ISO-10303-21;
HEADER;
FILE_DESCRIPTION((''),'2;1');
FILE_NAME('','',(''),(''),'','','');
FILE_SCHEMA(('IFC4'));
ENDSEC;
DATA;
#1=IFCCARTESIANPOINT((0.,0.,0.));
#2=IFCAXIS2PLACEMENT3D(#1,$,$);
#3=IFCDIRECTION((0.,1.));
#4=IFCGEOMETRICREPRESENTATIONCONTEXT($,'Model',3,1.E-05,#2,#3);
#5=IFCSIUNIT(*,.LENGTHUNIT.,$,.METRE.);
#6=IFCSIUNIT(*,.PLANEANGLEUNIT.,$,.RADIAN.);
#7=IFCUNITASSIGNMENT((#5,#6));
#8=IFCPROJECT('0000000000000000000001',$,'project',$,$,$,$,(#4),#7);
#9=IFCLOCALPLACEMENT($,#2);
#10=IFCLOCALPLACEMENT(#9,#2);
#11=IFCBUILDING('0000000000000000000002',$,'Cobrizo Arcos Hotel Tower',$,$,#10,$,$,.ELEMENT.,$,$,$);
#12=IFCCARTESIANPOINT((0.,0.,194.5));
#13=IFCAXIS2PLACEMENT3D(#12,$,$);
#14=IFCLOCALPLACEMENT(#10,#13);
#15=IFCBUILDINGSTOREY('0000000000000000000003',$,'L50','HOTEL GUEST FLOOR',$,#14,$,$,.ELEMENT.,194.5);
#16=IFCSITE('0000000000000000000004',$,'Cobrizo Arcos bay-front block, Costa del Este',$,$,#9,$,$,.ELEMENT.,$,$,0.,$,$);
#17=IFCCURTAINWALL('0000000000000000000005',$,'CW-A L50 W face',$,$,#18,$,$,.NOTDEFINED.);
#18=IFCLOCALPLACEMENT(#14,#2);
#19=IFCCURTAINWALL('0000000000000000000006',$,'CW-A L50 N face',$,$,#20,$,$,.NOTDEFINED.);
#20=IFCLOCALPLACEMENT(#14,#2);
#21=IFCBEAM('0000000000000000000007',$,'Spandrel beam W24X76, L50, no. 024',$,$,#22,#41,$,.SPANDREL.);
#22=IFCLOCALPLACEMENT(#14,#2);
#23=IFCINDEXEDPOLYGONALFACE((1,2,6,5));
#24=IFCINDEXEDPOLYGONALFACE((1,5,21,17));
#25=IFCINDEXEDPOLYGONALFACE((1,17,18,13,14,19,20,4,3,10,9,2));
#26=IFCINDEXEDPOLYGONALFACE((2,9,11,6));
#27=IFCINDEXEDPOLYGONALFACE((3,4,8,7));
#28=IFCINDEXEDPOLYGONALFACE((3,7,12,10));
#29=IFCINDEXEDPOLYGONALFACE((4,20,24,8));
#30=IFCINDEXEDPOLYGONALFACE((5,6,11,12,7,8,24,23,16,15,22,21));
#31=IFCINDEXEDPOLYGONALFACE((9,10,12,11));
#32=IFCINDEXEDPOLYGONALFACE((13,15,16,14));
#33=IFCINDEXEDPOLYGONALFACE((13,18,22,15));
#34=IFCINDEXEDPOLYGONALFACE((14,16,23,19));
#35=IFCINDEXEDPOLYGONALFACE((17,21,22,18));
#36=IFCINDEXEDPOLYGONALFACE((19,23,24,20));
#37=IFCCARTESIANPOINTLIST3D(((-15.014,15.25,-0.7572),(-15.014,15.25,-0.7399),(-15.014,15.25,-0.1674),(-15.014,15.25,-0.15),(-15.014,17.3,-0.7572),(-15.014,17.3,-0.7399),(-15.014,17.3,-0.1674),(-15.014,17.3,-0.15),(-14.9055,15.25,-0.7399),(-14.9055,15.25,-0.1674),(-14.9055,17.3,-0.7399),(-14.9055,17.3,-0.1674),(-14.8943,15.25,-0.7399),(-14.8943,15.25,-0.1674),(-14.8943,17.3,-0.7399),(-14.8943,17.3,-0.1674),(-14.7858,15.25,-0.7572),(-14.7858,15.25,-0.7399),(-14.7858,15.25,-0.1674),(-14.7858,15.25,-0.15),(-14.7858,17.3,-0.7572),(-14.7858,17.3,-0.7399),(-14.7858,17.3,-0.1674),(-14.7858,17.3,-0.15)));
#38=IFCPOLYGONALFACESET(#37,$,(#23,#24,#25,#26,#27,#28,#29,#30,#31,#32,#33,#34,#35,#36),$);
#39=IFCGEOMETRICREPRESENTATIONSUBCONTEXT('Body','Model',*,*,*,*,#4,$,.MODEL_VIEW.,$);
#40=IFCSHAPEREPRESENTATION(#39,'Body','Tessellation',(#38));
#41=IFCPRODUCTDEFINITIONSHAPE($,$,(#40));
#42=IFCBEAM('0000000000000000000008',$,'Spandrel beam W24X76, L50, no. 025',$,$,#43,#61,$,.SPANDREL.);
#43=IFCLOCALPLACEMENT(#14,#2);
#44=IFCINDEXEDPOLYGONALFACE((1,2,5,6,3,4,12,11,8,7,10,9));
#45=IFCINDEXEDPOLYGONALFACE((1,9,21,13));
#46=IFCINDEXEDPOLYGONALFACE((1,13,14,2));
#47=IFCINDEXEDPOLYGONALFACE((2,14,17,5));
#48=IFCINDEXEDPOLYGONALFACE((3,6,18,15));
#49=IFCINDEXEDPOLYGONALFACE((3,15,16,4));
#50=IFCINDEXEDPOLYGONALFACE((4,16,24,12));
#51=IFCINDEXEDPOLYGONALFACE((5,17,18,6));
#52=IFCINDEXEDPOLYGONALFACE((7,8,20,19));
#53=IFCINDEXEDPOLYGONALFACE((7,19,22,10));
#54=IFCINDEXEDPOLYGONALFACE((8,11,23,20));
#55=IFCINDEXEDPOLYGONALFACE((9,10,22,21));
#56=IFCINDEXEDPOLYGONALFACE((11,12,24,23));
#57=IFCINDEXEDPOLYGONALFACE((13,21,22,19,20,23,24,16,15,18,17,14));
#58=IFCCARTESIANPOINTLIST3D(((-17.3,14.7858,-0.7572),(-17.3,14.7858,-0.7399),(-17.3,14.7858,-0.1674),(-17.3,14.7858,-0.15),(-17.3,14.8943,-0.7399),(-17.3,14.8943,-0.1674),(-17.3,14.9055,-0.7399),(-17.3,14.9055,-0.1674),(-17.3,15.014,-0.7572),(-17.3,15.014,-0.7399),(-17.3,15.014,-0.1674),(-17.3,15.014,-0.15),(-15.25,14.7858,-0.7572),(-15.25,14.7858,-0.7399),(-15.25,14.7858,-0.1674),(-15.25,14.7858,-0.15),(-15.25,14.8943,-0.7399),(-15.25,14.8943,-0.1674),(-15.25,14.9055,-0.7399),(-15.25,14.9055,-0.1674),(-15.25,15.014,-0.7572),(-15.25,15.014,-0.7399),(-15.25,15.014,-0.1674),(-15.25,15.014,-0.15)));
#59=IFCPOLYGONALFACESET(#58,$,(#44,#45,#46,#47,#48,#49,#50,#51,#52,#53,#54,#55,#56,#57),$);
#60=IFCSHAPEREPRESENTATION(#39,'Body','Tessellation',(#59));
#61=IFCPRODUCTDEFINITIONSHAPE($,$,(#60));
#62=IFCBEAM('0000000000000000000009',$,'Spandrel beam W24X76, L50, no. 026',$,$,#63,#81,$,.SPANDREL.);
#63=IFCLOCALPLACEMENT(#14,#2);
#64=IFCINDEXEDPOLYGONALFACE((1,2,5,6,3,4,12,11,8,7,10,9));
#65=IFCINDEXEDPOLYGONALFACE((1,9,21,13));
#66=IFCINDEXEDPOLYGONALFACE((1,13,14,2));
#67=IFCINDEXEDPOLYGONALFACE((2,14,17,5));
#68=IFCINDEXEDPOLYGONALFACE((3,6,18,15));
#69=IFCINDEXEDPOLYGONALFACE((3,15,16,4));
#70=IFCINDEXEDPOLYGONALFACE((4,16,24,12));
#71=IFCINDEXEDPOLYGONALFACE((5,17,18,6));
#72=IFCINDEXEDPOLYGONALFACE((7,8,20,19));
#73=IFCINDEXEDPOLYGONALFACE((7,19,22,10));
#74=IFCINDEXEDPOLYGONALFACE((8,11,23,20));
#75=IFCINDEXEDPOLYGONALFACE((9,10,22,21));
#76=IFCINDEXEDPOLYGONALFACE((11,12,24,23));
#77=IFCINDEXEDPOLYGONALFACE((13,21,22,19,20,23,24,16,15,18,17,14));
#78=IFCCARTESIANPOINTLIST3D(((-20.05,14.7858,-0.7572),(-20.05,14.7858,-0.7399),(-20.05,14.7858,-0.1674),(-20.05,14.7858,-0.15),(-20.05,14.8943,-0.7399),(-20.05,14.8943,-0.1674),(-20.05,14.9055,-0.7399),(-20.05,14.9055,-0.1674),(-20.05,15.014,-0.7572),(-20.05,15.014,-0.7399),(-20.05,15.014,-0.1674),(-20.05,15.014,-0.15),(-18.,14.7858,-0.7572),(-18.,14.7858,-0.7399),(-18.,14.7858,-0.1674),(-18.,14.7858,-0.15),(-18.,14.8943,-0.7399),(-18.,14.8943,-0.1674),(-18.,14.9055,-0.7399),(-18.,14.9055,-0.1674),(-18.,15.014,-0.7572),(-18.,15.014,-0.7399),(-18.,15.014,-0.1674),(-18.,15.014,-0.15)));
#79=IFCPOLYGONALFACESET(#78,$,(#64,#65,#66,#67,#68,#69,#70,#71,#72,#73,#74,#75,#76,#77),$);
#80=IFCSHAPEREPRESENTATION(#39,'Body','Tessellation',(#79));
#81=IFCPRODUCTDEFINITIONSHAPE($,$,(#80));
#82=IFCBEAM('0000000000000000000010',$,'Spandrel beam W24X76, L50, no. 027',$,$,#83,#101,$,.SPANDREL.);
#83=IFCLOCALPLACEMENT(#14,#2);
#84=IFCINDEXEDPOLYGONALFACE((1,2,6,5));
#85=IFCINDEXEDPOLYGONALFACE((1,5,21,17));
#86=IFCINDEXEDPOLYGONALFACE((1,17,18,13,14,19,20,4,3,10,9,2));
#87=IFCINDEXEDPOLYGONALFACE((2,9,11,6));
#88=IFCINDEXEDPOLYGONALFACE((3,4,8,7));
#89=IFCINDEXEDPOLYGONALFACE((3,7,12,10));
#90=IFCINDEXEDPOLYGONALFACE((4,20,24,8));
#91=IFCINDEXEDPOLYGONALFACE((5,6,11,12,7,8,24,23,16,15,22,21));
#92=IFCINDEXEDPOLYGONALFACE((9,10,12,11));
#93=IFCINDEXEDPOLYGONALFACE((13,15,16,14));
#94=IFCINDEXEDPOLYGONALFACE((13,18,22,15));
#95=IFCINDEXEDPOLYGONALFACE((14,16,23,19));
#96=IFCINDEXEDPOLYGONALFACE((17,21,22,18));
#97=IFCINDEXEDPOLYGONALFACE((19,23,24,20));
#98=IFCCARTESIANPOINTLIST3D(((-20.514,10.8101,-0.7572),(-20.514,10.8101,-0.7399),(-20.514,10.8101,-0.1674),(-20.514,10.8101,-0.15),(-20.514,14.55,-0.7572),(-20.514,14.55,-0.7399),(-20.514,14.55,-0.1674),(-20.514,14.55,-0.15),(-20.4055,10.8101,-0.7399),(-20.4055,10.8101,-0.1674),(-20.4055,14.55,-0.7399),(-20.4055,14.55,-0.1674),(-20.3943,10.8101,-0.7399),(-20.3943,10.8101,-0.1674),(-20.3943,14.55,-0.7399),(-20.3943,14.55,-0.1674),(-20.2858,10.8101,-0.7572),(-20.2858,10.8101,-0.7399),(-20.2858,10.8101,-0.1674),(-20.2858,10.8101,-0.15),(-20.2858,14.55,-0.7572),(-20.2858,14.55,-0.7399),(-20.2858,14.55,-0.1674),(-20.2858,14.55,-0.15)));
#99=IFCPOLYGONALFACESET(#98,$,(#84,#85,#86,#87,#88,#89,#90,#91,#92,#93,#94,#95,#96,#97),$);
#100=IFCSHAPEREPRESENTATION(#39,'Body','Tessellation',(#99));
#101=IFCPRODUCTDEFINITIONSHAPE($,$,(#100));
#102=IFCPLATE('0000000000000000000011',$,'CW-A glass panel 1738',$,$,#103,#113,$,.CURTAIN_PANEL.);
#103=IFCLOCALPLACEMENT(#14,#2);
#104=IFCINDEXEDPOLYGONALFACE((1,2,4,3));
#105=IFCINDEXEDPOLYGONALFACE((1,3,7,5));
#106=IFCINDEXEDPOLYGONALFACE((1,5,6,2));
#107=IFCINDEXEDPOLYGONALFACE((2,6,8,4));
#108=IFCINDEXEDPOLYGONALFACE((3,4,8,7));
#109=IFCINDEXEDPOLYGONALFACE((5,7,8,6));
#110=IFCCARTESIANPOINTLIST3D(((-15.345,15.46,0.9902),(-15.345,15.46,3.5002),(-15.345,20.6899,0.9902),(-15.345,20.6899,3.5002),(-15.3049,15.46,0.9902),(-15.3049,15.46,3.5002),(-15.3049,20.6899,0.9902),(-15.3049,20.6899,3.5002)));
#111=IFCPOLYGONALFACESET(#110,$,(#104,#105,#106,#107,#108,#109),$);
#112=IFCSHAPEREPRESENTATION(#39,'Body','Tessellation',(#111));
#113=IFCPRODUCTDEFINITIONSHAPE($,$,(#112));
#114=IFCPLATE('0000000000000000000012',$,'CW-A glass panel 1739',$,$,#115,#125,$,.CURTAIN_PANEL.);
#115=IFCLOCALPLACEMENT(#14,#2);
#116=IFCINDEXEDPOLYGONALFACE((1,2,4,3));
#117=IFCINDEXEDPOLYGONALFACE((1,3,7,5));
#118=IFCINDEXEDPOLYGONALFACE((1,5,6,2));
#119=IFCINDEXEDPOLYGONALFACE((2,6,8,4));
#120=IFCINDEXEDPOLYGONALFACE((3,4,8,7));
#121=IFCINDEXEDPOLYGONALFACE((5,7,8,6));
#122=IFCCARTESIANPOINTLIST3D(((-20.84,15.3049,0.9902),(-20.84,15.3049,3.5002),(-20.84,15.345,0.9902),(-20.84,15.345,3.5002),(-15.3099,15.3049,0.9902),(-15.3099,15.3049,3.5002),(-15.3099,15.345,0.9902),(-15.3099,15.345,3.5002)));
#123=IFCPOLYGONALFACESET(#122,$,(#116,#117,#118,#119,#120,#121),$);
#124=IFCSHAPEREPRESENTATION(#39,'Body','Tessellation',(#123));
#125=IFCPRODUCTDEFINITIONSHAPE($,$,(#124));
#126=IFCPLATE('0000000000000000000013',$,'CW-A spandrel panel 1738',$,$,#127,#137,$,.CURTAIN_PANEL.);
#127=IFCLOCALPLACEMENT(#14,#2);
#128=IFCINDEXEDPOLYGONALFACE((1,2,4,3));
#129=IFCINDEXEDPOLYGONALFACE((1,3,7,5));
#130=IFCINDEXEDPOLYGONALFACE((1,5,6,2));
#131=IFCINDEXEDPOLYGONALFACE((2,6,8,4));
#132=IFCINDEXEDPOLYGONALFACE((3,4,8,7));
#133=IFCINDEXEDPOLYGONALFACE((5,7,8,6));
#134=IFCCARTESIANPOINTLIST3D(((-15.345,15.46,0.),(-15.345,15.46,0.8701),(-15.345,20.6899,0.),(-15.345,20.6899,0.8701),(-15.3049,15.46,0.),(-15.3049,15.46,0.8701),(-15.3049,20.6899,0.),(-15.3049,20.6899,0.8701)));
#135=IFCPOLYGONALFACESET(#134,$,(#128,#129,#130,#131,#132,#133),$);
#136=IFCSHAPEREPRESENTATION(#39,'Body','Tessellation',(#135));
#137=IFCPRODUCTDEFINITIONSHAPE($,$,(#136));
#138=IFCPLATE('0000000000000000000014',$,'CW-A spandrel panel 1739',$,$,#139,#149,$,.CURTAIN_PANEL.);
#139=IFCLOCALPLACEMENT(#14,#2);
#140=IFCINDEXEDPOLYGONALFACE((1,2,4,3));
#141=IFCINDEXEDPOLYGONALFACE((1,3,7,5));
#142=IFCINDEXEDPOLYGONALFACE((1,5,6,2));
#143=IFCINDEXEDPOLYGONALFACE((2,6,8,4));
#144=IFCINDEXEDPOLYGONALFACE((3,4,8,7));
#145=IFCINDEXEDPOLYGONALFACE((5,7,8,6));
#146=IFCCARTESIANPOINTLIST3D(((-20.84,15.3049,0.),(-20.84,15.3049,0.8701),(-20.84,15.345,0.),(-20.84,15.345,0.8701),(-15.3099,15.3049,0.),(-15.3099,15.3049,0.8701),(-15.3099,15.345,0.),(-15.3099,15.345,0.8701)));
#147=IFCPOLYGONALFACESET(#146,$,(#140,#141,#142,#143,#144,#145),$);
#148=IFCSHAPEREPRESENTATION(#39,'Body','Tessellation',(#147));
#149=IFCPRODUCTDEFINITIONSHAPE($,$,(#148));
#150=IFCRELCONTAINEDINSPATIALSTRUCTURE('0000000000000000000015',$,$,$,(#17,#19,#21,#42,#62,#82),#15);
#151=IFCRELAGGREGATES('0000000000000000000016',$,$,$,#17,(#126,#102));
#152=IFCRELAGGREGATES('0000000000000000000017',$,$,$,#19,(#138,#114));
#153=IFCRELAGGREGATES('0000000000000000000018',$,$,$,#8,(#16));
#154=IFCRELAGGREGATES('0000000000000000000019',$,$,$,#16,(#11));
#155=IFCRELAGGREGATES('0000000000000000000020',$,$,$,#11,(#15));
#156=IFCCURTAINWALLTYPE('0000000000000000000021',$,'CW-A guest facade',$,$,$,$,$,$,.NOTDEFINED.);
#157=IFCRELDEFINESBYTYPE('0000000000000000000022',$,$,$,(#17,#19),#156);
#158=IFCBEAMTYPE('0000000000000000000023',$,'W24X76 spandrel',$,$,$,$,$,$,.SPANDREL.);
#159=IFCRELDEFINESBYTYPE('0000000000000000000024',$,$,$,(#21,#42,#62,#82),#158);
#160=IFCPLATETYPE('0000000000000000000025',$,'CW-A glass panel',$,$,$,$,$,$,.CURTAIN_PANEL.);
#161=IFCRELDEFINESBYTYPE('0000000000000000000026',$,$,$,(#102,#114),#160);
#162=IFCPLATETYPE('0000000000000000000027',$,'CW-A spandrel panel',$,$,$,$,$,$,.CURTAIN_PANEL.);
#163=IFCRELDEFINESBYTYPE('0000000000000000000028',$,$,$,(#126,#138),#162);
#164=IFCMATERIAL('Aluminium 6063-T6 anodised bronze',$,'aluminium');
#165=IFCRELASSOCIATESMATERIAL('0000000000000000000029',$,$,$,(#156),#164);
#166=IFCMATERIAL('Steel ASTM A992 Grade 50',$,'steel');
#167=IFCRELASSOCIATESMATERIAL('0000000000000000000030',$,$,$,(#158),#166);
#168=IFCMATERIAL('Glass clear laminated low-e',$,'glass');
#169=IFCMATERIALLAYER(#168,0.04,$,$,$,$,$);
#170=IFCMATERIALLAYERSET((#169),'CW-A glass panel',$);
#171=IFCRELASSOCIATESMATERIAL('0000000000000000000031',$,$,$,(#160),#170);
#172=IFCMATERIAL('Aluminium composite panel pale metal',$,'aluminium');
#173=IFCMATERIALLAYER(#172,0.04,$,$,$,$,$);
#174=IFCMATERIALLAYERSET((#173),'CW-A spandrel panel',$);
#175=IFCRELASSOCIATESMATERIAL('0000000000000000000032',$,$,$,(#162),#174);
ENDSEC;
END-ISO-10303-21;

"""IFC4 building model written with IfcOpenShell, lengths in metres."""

from ifc_helpers import new_model, si_unit, direction, frame, origin, origin_2d, place, context, subcontext, project, spatial, rectangle, i_section, extrude, material, layer, layer_set, material_profile, profile_set, type_object, element, aggregate, save


model = new_model("IFC4")

# Units and contexts
model_context = context("Model", 3, precision=1e-05, world=origin(), true_north=direction((0.0, 1.0)))
body_context = subcontext(model_context, "Body", "Model", "MODEL_VIEW")
ifc_project = project(units=[si_unit("LENGTHUNIT", "METRE"), si_unit("PLANEANGLEUNIT", "RADIAN")], contexts=[model_context])

# Site, building, storey
site_placement = place(None, origin())
site = spatial("IfcSite", under=ifc_project, at=site_placement, Name="Cobrizo Arcos bay-front block, Costa del Este", CompositionType="ELEMENT", RefElevation=0.0)
building_placement = place(site_placement, origin())
building = spatial("IfcBuilding", under=site, at=building_placement, Name="Cobrizo Arcos Hotel Tower", CompositionType="ELEMENT")
storey_placement = place(building_placement, frame((0.0, 0.0, 194.5)))
storey = spatial("IfcBuildingStorey", under=building, at=storey_placement, Name="L50", Description="HOTEL GUEST FLOOR", CompositionType="ELEMENT", Elevation=194.5)

# Shared definitions
ifc_material_1 = material(Name="Aluminium 6063-T6 anodised bronze", Category="aluminium")
curtain_wall_type = type_object("IfcCurtainWallType", Name="CW-A guest facade", PredefinedType="NOTDEFINED", material=ifc_material_1)

# Curtain walls
curtain_wall_1_placement = place(storey_placement, origin())
curtain_wall_1 = element("IfcCurtainWall", 1, at=curtain_wall_1_placement, inside=storey, type_object=curtain_wall_type, Name="CW-A L50 W face", PredefinedType="NOTDEFINED")
curtain_wall_2_placement = place(storey_placement, origin())
curtain_wall_2 = element("IfcCurtainWall", 2, at=curtain_wall_2_placement, inside=storey, type_object=curtain_wall_type, Name="CW-A L50 N face", PredefinedType="NOTDEFINED")

# Beams
ifc_material_2 = material(Name="Steel ASTM A992 Grade 50", Category="steel")
ifc_material_profile_1 = material_profile(ifc_material_2, i_section(OverallWidth=0.2283, OverallDepth=0.6072, WebThickness=0.0112, FlangeThickness=0.0173, at=origin_2d()), Name="W24X76")
ifc_profile_set_1 = profile_set([ifc_material_profile_1], Name="Steel ASTM A992 Grade 50")
beam_type = type_object("IfcBeamType", Name="W24X76 spandrel", PredefinedType="SPANDREL", material=ifc_profile_set_1)
for number, where, z_axis, x_axis, name in (
    (3, (-14.8999, 17.3, -0.4536), (0.0, -1.0, 0.0), (1.0, 0.0, 0.0), "Spandrel beam W24X76, L50, no. 024"),
    (4, (-15.25, 14.8999, -0.4536), (-1.0, 0.0, 0.0), (0.0, -1.0, 0.0), "Spandrel beam W24X76, L50, no. 025"),
    (5, (-18.0, 14.8999, -0.4536), (-1.0, 0.0, 0.0), (0.0, -1.0, 0.0), "Spandrel beam W24X76, L50, no. 026"),
):
    element("IfcBeam", number, at=place(storey_placement, frame(where, z_axis=z_axis, x_axis=x_axis)), inside=storey, type_object=beam_type, Name=name, PredefinedType="SPANDREL", context=body_context, shape_type="SweptSolid", body=[
        extrude(i_section(OverallWidth=0.2283, OverallDepth=0.6072, WebThickness=0.0112, FlangeThickness=0.0173, at=origin_2d()), origin(), (0.0, 0.0, 1.0), 2.05),
    ])
beam_placement = place(storey_placement, frame((-20.3999, 14.55, -0.4536), z_axis=(0.0, -1.0, 0.0), x_axis=(1.0, 0.0, 0.0)))
element("IfcBeam", 6, at=beam_placement, inside=storey, type_object=beam_type, Name="Spandrel beam W24X76, L50, no. 027", PredefinedType="SPANDREL", context=body_context, shape_type="SweptSolid", body=[
    extrude(i_section(OverallWidth=0.2283, OverallDepth=0.6072, WebThickness=0.0112, FlangeThickness=0.0173, at=origin_2d()), origin(), (0.0, 0.0, 1.0), 3.74),
])

# Plates
ifc_material_3 = material(Name="Glass clear laminated low-e", Category="glass")
ifc_layer_1 = layer(ifc_material_3, 0.04)
ifc_layer_set_1 = layer_set([ifc_layer_1], Name="CW-A glass panel")
plate_type_1 = type_object("IfcPlateType", Name="CW-A glass panel", PredefinedType="CURTAIN_PANEL", material=ifc_layer_set_1)
plate_1_placement = place(storey_placement, frame((-15.325, 18.075, 0.9902), z_axis=(0.0, 0.0, 1.0), x_axis=(0.0, -1.0, 0.0)))
plate_1 = element("IfcPlate", 7, at=plate_1_placement, type_object=plate_type_1, Name="CW-A glass panel 1738", PredefinedType="CURTAIN_PANEL", context=body_context, shape_type="SweptSolid", body=[
    extrude(rectangle(XDim=5.23, YDim=0.04, at=origin_2d()), origin(), (0.0, 0.0, 1.0), 2.51),
])
plate_2_placement = place(storey_placement, frame((-18.075, 15.325, 0.9902), z_axis=(0.0, 0.0, 1.0), x_axis=(-1.0, 0.0, 0.0)))
plate_2 = element("IfcPlate", 8, at=plate_2_placement, type_object=plate_type_1, Name="CW-A glass panel 1739", PredefinedType="CURTAIN_PANEL", context=body_context, shape_type="SweptSolid", body=[
    extrude(rectangle(XDim=5.53, YDim=0.04, at=origin_2d()), origin(), (0.0, 0.0, 1.0), 2.51),
])
ifc_material_4 = material(Name="Aluminium composite panel pale metal", Category="aluminium")
ifc_layer_2 = layer(ifc_material_4, 0.04)
ifc_layer_set_2 = layer_set([ifc_layer_2], Name="CW-A spandrel panel")
plate_type_2 = type_object("IfcPlateType", Name="CW-A spandrel panel", PredefinedType="CURTAIN_PANEL", material=ifc_layer_set_2)
plate_3_placement = place(storey_placement, frame((-15.325, 18.075, 0.0), z_axis=(0.0, 0.0, 1.0), x_axis=(0.0, -1.0, 0.0)))
plate_3 = element("IfcPlate", 9, at=plate_3_placement, type_object=plate_type_2, Name="CW-A spandrel panel 1738", PredefinedType="CURTAIN_PANEL", context=body_context, shape_type="SweptSolid", body=[
    extrude(rectangle(XDim=5.23, YDim=0.04, at=origin_2d()), origin(), (0.0, 0.0, 1.0), 0.8701),
])
aggregate(curtain_wall_1, [plate_3, plate_1])
plate_4_placement = place(storey_placement, frame((-18.075, 15.325, 0.0), z_axis=(0.0, 0.0, 1.0), x_axis=(-1.0, 0.0, 0.0)))
plate_4 = element("IfcPlate", 10, at=plate_4_placement, type_object=plate_type_2, Name="CW-A spandrel panel 1739", PredefinedType="CURTAIN_PANEL", context=body_context, shape_type="SweptSolid", body=[
    extrude(rectangle(XDim=5.53, YDim=0.04, at=origin_2d()), origin(), (0.0, 0.0, 1.0), 0.8701),
])
aggregate(curtain_wall_2, [plate_4, plate_2])

save(model, "model.ifc")
